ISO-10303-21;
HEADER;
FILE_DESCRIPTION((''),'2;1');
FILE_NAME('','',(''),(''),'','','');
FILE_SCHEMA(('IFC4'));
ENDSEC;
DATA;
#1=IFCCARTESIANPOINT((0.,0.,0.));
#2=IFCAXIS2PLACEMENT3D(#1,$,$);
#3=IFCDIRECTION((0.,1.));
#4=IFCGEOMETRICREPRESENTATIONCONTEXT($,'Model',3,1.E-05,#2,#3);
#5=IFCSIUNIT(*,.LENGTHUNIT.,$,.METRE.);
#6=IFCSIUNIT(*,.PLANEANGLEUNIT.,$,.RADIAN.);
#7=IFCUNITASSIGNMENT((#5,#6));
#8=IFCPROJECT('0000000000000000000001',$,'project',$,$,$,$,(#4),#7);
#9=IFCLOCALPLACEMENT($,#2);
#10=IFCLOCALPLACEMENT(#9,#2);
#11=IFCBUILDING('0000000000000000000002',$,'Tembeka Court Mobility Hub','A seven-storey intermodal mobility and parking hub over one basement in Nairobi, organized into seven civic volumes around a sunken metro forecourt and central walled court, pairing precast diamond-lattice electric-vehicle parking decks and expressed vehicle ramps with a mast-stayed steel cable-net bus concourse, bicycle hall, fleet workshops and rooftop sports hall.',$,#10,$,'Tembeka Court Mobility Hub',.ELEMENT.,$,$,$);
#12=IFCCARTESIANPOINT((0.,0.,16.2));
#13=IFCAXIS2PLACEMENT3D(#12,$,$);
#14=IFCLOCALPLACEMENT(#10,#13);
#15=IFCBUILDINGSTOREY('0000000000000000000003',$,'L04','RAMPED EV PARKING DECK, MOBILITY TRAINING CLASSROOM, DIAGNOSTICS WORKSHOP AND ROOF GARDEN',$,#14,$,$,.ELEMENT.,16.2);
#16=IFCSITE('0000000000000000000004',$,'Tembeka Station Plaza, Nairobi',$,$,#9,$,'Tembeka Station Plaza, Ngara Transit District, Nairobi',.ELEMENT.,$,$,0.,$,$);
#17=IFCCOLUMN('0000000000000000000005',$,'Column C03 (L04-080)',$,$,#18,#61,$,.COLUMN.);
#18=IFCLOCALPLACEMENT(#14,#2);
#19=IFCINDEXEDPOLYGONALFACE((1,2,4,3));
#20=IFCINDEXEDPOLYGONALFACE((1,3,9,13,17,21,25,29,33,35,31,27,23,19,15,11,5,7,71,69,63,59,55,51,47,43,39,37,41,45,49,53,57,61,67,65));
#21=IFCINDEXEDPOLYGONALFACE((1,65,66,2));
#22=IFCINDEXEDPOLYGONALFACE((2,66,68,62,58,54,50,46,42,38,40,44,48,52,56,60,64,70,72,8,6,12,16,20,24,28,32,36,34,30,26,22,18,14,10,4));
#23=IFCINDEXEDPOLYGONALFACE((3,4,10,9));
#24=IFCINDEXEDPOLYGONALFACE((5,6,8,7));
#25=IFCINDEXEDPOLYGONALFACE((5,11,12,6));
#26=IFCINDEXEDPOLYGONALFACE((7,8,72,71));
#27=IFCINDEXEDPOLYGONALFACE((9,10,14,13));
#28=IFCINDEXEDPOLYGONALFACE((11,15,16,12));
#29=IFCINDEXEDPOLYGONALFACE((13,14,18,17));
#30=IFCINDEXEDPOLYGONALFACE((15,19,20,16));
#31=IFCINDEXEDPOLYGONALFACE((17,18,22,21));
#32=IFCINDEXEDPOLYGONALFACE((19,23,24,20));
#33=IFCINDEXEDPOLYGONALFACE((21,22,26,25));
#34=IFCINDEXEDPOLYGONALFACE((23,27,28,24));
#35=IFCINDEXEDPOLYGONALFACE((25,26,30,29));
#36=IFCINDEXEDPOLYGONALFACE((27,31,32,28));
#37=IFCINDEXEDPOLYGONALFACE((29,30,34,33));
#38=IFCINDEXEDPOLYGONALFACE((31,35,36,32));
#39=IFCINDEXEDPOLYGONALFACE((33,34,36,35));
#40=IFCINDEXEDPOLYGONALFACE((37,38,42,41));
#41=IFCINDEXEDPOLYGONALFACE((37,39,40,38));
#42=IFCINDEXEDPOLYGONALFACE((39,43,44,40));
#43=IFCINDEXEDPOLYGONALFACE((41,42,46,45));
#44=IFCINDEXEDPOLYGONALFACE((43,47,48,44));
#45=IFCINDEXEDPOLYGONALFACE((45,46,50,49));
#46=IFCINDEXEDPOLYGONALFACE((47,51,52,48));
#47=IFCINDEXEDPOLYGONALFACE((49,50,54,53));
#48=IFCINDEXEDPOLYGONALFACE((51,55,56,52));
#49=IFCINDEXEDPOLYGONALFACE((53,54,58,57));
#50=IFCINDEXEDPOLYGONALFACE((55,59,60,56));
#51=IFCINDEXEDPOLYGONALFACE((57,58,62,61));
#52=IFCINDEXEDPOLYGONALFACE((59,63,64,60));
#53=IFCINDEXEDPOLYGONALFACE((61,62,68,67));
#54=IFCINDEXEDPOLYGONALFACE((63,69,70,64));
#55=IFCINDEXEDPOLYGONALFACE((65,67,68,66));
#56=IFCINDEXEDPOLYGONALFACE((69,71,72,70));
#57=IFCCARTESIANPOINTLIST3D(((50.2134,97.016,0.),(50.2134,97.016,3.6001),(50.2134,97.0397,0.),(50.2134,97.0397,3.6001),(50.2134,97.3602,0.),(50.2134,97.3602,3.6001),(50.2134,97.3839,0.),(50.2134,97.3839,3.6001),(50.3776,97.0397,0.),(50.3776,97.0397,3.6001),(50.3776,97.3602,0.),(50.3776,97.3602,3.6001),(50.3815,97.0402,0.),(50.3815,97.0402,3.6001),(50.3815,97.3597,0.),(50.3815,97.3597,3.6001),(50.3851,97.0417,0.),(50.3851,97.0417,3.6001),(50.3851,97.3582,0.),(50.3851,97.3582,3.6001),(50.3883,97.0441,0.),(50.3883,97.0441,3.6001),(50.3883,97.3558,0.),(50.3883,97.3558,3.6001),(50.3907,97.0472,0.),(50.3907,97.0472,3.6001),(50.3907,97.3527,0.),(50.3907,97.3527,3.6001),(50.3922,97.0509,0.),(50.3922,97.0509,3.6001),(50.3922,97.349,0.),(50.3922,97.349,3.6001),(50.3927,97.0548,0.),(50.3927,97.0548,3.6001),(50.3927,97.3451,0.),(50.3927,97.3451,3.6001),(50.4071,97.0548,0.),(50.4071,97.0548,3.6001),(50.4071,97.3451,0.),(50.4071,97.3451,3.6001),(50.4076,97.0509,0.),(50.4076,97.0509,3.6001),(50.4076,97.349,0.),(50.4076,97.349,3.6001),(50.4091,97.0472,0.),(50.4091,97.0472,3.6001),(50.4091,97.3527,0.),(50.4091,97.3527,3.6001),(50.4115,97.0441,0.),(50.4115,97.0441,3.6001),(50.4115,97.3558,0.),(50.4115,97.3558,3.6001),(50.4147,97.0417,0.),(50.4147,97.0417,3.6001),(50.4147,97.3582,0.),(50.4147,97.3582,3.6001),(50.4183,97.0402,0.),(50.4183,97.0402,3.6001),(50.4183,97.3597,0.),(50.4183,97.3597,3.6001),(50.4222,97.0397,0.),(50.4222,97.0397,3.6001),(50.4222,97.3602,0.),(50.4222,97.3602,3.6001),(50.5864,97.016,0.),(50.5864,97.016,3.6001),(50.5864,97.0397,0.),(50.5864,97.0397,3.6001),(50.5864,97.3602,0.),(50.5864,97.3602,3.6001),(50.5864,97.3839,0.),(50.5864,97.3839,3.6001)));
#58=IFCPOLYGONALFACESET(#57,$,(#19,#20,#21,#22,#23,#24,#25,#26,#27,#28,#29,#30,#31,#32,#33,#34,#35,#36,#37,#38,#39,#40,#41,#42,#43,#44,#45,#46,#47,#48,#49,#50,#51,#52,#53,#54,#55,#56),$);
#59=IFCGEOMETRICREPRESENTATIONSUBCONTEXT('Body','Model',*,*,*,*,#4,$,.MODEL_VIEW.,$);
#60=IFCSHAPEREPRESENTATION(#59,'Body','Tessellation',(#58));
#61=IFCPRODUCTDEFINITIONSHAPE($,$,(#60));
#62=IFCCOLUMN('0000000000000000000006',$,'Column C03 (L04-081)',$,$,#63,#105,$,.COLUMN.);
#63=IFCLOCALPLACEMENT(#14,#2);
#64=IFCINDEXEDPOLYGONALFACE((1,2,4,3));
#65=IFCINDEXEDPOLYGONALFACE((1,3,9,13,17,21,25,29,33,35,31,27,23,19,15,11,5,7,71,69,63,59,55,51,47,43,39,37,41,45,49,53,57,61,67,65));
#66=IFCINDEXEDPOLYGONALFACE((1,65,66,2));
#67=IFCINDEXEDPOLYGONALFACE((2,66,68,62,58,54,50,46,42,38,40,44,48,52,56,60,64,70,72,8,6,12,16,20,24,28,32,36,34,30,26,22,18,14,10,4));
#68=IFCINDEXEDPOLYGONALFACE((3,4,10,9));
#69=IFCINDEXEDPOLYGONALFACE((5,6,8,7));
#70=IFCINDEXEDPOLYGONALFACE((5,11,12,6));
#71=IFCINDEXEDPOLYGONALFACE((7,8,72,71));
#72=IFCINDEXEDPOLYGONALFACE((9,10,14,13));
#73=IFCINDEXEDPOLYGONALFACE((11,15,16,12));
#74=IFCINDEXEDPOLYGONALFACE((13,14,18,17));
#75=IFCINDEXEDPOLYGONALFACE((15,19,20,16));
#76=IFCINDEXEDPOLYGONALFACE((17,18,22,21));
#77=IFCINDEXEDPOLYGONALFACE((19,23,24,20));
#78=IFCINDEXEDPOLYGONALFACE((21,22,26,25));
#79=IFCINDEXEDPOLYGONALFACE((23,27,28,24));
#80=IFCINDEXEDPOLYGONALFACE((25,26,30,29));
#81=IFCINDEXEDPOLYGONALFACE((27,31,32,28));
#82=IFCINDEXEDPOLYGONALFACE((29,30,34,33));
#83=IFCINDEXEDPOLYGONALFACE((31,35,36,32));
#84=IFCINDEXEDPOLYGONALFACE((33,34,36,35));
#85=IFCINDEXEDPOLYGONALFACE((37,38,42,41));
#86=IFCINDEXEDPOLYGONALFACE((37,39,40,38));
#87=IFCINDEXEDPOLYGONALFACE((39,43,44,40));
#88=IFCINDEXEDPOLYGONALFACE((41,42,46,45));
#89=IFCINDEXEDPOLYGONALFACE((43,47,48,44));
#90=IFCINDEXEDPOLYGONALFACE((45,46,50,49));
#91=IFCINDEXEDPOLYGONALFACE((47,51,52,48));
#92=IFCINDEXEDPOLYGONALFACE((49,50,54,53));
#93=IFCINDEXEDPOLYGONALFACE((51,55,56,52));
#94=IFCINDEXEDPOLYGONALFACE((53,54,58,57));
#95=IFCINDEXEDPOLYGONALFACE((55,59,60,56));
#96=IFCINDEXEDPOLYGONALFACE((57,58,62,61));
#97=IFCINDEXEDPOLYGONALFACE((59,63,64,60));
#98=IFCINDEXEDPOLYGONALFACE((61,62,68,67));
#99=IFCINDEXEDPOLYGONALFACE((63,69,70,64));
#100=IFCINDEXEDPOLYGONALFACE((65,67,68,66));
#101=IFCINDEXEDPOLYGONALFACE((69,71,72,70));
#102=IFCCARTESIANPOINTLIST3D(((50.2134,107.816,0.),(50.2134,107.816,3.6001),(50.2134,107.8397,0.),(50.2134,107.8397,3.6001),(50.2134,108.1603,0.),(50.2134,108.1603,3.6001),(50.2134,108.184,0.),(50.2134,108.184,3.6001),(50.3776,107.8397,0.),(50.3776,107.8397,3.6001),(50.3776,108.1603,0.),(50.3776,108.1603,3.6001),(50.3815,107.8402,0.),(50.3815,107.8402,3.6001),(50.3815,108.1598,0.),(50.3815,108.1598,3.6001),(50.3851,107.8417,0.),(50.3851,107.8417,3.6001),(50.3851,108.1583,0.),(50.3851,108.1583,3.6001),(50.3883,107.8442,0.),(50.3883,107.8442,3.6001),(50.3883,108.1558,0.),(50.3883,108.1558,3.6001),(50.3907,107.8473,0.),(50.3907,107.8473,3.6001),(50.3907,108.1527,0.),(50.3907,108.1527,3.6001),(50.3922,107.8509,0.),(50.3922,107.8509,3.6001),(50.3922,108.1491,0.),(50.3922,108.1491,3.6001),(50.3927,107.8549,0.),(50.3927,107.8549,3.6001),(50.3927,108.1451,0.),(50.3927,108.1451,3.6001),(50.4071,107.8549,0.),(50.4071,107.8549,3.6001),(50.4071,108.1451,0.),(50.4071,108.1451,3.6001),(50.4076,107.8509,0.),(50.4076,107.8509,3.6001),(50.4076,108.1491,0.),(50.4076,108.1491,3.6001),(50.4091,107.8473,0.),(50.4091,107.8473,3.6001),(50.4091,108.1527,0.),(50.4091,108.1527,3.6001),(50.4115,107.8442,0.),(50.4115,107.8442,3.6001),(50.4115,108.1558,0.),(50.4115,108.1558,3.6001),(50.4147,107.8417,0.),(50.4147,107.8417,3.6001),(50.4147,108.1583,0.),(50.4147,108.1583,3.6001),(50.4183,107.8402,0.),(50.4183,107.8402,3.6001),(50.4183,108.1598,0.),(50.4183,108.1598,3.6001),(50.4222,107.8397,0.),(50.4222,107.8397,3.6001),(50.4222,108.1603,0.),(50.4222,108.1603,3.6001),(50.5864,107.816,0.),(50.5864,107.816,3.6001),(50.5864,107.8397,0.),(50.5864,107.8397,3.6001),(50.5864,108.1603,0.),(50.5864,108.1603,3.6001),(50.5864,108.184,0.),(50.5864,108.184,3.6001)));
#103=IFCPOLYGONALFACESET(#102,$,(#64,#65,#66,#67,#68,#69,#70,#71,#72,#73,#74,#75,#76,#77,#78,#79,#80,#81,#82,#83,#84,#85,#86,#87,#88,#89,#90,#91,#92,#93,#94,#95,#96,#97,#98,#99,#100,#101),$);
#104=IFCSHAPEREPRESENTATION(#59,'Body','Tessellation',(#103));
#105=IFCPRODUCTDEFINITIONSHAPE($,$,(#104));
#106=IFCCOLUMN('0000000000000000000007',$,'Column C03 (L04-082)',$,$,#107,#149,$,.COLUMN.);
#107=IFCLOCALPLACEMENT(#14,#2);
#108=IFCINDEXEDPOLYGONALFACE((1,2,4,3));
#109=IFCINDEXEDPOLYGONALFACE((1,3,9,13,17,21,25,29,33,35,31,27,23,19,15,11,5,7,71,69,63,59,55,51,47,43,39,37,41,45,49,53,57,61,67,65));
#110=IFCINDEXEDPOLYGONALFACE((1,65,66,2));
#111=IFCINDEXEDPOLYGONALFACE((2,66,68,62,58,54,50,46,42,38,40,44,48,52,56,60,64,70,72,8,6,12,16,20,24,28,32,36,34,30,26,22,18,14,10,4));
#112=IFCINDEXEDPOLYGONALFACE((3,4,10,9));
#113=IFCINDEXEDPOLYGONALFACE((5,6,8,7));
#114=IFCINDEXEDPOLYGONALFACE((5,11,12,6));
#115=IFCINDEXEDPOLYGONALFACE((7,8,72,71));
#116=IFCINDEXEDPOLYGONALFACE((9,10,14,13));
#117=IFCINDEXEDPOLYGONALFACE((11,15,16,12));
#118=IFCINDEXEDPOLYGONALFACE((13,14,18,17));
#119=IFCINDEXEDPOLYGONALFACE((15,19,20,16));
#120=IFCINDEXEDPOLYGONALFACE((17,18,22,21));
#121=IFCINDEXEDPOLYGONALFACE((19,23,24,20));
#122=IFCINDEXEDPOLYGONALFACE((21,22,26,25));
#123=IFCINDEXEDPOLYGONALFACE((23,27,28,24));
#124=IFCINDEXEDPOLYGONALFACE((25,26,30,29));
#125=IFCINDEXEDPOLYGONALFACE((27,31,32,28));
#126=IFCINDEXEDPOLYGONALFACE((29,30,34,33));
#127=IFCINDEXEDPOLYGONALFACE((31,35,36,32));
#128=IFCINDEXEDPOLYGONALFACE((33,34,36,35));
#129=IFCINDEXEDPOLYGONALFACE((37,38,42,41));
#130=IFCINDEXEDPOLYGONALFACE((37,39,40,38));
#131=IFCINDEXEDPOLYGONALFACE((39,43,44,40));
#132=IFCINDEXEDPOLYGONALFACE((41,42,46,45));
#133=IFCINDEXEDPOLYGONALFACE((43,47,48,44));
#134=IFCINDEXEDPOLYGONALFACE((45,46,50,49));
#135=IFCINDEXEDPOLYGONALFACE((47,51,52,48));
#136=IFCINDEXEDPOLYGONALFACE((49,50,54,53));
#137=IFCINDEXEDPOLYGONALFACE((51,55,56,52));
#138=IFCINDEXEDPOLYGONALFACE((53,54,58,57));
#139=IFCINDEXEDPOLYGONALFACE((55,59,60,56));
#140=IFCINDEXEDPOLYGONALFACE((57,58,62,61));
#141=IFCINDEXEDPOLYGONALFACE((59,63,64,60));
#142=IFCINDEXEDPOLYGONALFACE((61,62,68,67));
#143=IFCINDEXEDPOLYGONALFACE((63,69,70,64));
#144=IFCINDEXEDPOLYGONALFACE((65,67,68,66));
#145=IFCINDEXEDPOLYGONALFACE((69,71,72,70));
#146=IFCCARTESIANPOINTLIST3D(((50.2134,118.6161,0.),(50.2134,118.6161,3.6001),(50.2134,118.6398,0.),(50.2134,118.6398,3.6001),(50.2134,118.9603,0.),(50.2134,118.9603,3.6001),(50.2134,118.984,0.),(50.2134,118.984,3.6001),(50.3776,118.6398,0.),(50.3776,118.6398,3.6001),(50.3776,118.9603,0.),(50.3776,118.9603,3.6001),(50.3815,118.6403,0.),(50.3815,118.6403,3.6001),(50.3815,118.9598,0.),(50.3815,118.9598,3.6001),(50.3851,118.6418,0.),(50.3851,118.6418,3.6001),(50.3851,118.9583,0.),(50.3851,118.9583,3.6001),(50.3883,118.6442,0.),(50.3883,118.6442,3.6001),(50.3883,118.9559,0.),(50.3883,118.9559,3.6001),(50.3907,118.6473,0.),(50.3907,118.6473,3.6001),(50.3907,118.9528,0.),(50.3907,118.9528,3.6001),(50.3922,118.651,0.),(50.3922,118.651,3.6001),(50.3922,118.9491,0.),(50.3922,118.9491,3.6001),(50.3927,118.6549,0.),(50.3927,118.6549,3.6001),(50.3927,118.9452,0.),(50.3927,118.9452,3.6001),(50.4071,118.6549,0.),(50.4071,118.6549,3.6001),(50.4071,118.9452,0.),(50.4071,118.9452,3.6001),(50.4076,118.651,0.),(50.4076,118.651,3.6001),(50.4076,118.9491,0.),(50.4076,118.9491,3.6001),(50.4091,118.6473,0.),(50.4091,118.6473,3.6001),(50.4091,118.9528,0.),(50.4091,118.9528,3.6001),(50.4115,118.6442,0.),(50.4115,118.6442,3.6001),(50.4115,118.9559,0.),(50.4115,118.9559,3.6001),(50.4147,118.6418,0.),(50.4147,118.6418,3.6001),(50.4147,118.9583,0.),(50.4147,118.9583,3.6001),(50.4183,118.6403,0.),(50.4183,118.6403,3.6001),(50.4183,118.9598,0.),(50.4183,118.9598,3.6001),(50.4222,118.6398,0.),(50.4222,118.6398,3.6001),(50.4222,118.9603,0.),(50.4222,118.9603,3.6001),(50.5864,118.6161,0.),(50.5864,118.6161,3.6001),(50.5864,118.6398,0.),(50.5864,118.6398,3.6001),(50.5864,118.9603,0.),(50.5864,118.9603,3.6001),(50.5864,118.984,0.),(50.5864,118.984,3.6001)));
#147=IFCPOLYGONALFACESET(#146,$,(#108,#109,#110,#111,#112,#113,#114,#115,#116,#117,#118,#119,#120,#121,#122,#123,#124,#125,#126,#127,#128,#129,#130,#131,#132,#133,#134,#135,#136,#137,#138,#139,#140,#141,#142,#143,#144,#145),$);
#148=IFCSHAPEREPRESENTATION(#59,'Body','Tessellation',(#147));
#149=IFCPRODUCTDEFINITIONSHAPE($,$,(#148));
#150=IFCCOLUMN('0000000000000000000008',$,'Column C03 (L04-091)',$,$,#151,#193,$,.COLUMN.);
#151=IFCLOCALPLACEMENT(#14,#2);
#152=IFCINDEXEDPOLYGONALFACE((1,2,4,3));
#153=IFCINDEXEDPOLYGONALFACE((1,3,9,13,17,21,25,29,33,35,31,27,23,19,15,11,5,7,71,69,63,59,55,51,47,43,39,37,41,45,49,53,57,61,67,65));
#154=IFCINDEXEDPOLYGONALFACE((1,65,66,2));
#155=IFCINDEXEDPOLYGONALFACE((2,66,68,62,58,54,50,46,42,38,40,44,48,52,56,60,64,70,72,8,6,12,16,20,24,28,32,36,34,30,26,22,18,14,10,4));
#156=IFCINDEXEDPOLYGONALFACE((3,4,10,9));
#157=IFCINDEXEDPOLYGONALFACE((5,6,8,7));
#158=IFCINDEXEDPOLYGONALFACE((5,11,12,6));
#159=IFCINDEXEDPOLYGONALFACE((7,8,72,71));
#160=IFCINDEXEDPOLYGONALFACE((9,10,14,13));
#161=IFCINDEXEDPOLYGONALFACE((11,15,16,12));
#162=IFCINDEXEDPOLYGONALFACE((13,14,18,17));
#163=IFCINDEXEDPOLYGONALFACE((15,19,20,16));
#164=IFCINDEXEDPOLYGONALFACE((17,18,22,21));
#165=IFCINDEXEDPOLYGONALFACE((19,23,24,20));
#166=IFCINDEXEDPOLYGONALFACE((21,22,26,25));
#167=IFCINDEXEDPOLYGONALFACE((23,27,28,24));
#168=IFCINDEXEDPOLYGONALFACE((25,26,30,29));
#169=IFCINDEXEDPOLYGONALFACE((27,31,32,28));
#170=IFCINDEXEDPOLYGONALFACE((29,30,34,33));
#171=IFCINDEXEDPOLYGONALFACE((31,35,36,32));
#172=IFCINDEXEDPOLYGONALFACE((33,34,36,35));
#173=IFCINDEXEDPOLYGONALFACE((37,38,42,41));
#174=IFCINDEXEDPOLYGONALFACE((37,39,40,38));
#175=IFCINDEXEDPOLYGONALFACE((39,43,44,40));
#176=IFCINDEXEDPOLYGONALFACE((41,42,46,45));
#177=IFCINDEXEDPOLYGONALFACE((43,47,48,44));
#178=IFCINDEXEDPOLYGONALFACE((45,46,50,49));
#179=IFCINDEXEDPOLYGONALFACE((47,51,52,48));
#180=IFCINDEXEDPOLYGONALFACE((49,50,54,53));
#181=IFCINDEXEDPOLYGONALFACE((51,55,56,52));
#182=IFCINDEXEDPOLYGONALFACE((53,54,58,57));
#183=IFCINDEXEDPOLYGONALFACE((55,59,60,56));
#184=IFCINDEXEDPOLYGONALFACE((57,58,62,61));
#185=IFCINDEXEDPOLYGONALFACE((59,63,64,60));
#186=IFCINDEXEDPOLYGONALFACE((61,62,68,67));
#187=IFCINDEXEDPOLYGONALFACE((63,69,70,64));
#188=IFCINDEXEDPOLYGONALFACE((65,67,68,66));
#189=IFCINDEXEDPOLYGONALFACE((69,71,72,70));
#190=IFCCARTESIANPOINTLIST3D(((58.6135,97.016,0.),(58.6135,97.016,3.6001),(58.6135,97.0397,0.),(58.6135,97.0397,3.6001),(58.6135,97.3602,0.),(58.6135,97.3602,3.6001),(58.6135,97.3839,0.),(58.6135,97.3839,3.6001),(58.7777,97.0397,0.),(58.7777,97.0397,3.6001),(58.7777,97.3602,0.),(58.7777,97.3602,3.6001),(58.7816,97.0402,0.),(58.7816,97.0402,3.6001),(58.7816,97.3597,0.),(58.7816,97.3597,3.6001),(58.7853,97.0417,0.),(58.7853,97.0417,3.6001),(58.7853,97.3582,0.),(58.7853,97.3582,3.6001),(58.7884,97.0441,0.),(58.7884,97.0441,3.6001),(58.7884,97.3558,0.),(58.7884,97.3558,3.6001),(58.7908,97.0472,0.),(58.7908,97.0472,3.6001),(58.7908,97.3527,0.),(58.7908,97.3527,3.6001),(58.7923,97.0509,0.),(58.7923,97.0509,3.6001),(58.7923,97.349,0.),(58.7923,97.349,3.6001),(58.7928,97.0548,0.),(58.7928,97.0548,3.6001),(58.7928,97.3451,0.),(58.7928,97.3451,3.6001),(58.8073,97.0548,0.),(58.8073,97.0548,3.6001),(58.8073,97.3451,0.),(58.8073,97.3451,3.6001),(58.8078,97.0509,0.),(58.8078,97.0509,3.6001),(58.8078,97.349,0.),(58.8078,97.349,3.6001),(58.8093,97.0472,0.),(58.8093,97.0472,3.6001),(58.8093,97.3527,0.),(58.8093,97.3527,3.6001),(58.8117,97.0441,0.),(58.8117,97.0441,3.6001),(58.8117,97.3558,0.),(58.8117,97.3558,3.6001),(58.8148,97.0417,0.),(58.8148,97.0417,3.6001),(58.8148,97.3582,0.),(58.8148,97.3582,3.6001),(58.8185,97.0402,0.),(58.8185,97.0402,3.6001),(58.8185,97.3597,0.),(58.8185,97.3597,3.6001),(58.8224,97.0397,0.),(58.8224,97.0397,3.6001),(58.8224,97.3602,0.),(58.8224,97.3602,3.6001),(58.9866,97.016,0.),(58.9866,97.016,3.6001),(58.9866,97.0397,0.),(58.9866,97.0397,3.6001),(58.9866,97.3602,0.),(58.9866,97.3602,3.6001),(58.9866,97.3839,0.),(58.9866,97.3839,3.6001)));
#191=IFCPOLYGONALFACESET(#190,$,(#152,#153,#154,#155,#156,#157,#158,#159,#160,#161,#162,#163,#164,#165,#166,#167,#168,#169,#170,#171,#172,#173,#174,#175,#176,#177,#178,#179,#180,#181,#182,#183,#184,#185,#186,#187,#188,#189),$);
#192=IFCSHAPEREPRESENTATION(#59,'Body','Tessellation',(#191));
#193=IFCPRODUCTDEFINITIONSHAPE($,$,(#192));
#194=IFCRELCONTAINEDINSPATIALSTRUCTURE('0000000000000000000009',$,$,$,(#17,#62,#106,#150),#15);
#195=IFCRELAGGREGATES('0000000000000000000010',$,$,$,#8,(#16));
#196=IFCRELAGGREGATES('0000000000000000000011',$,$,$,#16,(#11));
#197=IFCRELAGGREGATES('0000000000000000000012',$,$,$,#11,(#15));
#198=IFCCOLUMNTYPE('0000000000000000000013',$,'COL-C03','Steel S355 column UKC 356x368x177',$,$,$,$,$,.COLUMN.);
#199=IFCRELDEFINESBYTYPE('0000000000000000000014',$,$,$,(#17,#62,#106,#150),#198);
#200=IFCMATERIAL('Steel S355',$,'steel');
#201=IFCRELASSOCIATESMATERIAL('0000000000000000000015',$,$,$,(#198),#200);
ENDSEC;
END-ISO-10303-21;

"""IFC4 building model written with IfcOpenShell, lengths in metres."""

from ifc_helpers import new_model, si_unit, direction, frame, origin, origin_2d, place, context, subcontext, project, spatial, i_section, extrude, material, material_profile, profile_set, type_object, element, save


model = new_model("IFC4")

# Units and contexts
model_context = context("Model", 3, precision=1e-05, world=origin(), true_north=direction((0.0, 1.0)))
body_context = subcontext(model_context, "Body", "Model", "MODEL_VIEW")
ifc_project = project(units=[si_unit("LENGTHUNIT", "METRE"), si_unit("PLANEANGLEUNIT", "RADIAN")], contexts=[model_context])

# Site, building, storey
site_placement = place(None, origin())
site = spatial("IfcSite", under=ifc_project, at=site_placement, Name="Tembeka Station Plaza, Nairobi", LongName="Tembeka Station Plaza, Ngara Transit District, Nairobi", CompositionType="ELEMENT", RefElevation=0.0)
building_placement = place(site_placement, origin())
building = spatial("IfcBuilding", under=site, at=building_placement, Name="Tembeka Court Mobility Hub", Description="A seven-storey intermodal mobility and parking hub over one basement in Nairobi, organized into seven civic volumes around a sunken metro forecourt and central walled court, pairing precast diamond-lattice electric-vehicle parking decks and expressed vehicle ramps with a mast-stayed steel cable-net bus concourse, bicycle hall, fleet workshops and rooftop sports hall.", LongName="Tembeka Court Mobility Hub", CompositionType="ELEMENT")
storey_placement = place(building_placement, frame((0.0, 0.0, 16.2)))
storey = spatial("IfcBuildingStorey", under=building, at=storey_placement, Name="L04", Description="RAMPED EV PARKING DECK, MOBILITY TRAINING CLASSROOM, DIAGNOSTICS WORKSHOP AND ROOF GARDEN", CompositionType="ELEMENT", Elevation=16.2)

# Columns
ifc_material_1 = material(Name="Steel S355", Category="steel")
ifc_material_profile_1 = material_profile(ifc_material_1, i_section(OverallWidth=0.373, OverallDepth=0.3679, WebThickness=0.0144, FlangeThickness=0.0237, FilletRadius=0.0151, at=origin_2d()), Name="UKC 356x368x177")
ifc_profile_set_1 = profile_set([ifc_material_profile_1], Name="Steel S355")
column_type_1 = type_object("IfcColumnType", Name="COL-C03", Description="Steel S355 column UKC 356x368x177", PredefinedType="COLUMN", material=ifc_profile_set_1)
for number, where, z_axis, x_axis, name in (
    (1, (50.3999, 97.2, 0.0), (0.0, 0.0, 1.0), (1.0, 0.0, 0.0), "Column C03 (L04-080)"),
    (2, (50.3999, 108.0, 0.0), (0.0, 0.0, 1.0), (1.0, 0.0, 0.0), "Column C03 (L04-081)"),
    (3, (50.3999, 118.8, 0.0), (0.0, 0.0, 1.0), (1.0, 0.0, 0.0), "Column C03 (L04-082)"),
    (4, (58.8, 97.2, 0.0), (0.0, 0.0, 1.0), (1.0, 0.0, 0.0), "Column C03 (L04-091)"),
):
    element("IfcColumn", number, at=place(storey_placement, frame(where, z_axis=z_axis, x_axis=x_axis)), inside=storey, type_object=column_type_1, Name=name, PredefinedType="COLUMN", context=body_context, shape_type="SweptSolid", body=[
        extrude(i_section(OverallWidth=0.373, OverallDepth=0.3679, WebThickness=0.0144, FlangeThickness=0.0237, FilletRadius=0.0151, at=origin_2d()), origin(), (0.0, 0.0, 1.0), 3.6001),
    ])

save(model, "model.ifc")
